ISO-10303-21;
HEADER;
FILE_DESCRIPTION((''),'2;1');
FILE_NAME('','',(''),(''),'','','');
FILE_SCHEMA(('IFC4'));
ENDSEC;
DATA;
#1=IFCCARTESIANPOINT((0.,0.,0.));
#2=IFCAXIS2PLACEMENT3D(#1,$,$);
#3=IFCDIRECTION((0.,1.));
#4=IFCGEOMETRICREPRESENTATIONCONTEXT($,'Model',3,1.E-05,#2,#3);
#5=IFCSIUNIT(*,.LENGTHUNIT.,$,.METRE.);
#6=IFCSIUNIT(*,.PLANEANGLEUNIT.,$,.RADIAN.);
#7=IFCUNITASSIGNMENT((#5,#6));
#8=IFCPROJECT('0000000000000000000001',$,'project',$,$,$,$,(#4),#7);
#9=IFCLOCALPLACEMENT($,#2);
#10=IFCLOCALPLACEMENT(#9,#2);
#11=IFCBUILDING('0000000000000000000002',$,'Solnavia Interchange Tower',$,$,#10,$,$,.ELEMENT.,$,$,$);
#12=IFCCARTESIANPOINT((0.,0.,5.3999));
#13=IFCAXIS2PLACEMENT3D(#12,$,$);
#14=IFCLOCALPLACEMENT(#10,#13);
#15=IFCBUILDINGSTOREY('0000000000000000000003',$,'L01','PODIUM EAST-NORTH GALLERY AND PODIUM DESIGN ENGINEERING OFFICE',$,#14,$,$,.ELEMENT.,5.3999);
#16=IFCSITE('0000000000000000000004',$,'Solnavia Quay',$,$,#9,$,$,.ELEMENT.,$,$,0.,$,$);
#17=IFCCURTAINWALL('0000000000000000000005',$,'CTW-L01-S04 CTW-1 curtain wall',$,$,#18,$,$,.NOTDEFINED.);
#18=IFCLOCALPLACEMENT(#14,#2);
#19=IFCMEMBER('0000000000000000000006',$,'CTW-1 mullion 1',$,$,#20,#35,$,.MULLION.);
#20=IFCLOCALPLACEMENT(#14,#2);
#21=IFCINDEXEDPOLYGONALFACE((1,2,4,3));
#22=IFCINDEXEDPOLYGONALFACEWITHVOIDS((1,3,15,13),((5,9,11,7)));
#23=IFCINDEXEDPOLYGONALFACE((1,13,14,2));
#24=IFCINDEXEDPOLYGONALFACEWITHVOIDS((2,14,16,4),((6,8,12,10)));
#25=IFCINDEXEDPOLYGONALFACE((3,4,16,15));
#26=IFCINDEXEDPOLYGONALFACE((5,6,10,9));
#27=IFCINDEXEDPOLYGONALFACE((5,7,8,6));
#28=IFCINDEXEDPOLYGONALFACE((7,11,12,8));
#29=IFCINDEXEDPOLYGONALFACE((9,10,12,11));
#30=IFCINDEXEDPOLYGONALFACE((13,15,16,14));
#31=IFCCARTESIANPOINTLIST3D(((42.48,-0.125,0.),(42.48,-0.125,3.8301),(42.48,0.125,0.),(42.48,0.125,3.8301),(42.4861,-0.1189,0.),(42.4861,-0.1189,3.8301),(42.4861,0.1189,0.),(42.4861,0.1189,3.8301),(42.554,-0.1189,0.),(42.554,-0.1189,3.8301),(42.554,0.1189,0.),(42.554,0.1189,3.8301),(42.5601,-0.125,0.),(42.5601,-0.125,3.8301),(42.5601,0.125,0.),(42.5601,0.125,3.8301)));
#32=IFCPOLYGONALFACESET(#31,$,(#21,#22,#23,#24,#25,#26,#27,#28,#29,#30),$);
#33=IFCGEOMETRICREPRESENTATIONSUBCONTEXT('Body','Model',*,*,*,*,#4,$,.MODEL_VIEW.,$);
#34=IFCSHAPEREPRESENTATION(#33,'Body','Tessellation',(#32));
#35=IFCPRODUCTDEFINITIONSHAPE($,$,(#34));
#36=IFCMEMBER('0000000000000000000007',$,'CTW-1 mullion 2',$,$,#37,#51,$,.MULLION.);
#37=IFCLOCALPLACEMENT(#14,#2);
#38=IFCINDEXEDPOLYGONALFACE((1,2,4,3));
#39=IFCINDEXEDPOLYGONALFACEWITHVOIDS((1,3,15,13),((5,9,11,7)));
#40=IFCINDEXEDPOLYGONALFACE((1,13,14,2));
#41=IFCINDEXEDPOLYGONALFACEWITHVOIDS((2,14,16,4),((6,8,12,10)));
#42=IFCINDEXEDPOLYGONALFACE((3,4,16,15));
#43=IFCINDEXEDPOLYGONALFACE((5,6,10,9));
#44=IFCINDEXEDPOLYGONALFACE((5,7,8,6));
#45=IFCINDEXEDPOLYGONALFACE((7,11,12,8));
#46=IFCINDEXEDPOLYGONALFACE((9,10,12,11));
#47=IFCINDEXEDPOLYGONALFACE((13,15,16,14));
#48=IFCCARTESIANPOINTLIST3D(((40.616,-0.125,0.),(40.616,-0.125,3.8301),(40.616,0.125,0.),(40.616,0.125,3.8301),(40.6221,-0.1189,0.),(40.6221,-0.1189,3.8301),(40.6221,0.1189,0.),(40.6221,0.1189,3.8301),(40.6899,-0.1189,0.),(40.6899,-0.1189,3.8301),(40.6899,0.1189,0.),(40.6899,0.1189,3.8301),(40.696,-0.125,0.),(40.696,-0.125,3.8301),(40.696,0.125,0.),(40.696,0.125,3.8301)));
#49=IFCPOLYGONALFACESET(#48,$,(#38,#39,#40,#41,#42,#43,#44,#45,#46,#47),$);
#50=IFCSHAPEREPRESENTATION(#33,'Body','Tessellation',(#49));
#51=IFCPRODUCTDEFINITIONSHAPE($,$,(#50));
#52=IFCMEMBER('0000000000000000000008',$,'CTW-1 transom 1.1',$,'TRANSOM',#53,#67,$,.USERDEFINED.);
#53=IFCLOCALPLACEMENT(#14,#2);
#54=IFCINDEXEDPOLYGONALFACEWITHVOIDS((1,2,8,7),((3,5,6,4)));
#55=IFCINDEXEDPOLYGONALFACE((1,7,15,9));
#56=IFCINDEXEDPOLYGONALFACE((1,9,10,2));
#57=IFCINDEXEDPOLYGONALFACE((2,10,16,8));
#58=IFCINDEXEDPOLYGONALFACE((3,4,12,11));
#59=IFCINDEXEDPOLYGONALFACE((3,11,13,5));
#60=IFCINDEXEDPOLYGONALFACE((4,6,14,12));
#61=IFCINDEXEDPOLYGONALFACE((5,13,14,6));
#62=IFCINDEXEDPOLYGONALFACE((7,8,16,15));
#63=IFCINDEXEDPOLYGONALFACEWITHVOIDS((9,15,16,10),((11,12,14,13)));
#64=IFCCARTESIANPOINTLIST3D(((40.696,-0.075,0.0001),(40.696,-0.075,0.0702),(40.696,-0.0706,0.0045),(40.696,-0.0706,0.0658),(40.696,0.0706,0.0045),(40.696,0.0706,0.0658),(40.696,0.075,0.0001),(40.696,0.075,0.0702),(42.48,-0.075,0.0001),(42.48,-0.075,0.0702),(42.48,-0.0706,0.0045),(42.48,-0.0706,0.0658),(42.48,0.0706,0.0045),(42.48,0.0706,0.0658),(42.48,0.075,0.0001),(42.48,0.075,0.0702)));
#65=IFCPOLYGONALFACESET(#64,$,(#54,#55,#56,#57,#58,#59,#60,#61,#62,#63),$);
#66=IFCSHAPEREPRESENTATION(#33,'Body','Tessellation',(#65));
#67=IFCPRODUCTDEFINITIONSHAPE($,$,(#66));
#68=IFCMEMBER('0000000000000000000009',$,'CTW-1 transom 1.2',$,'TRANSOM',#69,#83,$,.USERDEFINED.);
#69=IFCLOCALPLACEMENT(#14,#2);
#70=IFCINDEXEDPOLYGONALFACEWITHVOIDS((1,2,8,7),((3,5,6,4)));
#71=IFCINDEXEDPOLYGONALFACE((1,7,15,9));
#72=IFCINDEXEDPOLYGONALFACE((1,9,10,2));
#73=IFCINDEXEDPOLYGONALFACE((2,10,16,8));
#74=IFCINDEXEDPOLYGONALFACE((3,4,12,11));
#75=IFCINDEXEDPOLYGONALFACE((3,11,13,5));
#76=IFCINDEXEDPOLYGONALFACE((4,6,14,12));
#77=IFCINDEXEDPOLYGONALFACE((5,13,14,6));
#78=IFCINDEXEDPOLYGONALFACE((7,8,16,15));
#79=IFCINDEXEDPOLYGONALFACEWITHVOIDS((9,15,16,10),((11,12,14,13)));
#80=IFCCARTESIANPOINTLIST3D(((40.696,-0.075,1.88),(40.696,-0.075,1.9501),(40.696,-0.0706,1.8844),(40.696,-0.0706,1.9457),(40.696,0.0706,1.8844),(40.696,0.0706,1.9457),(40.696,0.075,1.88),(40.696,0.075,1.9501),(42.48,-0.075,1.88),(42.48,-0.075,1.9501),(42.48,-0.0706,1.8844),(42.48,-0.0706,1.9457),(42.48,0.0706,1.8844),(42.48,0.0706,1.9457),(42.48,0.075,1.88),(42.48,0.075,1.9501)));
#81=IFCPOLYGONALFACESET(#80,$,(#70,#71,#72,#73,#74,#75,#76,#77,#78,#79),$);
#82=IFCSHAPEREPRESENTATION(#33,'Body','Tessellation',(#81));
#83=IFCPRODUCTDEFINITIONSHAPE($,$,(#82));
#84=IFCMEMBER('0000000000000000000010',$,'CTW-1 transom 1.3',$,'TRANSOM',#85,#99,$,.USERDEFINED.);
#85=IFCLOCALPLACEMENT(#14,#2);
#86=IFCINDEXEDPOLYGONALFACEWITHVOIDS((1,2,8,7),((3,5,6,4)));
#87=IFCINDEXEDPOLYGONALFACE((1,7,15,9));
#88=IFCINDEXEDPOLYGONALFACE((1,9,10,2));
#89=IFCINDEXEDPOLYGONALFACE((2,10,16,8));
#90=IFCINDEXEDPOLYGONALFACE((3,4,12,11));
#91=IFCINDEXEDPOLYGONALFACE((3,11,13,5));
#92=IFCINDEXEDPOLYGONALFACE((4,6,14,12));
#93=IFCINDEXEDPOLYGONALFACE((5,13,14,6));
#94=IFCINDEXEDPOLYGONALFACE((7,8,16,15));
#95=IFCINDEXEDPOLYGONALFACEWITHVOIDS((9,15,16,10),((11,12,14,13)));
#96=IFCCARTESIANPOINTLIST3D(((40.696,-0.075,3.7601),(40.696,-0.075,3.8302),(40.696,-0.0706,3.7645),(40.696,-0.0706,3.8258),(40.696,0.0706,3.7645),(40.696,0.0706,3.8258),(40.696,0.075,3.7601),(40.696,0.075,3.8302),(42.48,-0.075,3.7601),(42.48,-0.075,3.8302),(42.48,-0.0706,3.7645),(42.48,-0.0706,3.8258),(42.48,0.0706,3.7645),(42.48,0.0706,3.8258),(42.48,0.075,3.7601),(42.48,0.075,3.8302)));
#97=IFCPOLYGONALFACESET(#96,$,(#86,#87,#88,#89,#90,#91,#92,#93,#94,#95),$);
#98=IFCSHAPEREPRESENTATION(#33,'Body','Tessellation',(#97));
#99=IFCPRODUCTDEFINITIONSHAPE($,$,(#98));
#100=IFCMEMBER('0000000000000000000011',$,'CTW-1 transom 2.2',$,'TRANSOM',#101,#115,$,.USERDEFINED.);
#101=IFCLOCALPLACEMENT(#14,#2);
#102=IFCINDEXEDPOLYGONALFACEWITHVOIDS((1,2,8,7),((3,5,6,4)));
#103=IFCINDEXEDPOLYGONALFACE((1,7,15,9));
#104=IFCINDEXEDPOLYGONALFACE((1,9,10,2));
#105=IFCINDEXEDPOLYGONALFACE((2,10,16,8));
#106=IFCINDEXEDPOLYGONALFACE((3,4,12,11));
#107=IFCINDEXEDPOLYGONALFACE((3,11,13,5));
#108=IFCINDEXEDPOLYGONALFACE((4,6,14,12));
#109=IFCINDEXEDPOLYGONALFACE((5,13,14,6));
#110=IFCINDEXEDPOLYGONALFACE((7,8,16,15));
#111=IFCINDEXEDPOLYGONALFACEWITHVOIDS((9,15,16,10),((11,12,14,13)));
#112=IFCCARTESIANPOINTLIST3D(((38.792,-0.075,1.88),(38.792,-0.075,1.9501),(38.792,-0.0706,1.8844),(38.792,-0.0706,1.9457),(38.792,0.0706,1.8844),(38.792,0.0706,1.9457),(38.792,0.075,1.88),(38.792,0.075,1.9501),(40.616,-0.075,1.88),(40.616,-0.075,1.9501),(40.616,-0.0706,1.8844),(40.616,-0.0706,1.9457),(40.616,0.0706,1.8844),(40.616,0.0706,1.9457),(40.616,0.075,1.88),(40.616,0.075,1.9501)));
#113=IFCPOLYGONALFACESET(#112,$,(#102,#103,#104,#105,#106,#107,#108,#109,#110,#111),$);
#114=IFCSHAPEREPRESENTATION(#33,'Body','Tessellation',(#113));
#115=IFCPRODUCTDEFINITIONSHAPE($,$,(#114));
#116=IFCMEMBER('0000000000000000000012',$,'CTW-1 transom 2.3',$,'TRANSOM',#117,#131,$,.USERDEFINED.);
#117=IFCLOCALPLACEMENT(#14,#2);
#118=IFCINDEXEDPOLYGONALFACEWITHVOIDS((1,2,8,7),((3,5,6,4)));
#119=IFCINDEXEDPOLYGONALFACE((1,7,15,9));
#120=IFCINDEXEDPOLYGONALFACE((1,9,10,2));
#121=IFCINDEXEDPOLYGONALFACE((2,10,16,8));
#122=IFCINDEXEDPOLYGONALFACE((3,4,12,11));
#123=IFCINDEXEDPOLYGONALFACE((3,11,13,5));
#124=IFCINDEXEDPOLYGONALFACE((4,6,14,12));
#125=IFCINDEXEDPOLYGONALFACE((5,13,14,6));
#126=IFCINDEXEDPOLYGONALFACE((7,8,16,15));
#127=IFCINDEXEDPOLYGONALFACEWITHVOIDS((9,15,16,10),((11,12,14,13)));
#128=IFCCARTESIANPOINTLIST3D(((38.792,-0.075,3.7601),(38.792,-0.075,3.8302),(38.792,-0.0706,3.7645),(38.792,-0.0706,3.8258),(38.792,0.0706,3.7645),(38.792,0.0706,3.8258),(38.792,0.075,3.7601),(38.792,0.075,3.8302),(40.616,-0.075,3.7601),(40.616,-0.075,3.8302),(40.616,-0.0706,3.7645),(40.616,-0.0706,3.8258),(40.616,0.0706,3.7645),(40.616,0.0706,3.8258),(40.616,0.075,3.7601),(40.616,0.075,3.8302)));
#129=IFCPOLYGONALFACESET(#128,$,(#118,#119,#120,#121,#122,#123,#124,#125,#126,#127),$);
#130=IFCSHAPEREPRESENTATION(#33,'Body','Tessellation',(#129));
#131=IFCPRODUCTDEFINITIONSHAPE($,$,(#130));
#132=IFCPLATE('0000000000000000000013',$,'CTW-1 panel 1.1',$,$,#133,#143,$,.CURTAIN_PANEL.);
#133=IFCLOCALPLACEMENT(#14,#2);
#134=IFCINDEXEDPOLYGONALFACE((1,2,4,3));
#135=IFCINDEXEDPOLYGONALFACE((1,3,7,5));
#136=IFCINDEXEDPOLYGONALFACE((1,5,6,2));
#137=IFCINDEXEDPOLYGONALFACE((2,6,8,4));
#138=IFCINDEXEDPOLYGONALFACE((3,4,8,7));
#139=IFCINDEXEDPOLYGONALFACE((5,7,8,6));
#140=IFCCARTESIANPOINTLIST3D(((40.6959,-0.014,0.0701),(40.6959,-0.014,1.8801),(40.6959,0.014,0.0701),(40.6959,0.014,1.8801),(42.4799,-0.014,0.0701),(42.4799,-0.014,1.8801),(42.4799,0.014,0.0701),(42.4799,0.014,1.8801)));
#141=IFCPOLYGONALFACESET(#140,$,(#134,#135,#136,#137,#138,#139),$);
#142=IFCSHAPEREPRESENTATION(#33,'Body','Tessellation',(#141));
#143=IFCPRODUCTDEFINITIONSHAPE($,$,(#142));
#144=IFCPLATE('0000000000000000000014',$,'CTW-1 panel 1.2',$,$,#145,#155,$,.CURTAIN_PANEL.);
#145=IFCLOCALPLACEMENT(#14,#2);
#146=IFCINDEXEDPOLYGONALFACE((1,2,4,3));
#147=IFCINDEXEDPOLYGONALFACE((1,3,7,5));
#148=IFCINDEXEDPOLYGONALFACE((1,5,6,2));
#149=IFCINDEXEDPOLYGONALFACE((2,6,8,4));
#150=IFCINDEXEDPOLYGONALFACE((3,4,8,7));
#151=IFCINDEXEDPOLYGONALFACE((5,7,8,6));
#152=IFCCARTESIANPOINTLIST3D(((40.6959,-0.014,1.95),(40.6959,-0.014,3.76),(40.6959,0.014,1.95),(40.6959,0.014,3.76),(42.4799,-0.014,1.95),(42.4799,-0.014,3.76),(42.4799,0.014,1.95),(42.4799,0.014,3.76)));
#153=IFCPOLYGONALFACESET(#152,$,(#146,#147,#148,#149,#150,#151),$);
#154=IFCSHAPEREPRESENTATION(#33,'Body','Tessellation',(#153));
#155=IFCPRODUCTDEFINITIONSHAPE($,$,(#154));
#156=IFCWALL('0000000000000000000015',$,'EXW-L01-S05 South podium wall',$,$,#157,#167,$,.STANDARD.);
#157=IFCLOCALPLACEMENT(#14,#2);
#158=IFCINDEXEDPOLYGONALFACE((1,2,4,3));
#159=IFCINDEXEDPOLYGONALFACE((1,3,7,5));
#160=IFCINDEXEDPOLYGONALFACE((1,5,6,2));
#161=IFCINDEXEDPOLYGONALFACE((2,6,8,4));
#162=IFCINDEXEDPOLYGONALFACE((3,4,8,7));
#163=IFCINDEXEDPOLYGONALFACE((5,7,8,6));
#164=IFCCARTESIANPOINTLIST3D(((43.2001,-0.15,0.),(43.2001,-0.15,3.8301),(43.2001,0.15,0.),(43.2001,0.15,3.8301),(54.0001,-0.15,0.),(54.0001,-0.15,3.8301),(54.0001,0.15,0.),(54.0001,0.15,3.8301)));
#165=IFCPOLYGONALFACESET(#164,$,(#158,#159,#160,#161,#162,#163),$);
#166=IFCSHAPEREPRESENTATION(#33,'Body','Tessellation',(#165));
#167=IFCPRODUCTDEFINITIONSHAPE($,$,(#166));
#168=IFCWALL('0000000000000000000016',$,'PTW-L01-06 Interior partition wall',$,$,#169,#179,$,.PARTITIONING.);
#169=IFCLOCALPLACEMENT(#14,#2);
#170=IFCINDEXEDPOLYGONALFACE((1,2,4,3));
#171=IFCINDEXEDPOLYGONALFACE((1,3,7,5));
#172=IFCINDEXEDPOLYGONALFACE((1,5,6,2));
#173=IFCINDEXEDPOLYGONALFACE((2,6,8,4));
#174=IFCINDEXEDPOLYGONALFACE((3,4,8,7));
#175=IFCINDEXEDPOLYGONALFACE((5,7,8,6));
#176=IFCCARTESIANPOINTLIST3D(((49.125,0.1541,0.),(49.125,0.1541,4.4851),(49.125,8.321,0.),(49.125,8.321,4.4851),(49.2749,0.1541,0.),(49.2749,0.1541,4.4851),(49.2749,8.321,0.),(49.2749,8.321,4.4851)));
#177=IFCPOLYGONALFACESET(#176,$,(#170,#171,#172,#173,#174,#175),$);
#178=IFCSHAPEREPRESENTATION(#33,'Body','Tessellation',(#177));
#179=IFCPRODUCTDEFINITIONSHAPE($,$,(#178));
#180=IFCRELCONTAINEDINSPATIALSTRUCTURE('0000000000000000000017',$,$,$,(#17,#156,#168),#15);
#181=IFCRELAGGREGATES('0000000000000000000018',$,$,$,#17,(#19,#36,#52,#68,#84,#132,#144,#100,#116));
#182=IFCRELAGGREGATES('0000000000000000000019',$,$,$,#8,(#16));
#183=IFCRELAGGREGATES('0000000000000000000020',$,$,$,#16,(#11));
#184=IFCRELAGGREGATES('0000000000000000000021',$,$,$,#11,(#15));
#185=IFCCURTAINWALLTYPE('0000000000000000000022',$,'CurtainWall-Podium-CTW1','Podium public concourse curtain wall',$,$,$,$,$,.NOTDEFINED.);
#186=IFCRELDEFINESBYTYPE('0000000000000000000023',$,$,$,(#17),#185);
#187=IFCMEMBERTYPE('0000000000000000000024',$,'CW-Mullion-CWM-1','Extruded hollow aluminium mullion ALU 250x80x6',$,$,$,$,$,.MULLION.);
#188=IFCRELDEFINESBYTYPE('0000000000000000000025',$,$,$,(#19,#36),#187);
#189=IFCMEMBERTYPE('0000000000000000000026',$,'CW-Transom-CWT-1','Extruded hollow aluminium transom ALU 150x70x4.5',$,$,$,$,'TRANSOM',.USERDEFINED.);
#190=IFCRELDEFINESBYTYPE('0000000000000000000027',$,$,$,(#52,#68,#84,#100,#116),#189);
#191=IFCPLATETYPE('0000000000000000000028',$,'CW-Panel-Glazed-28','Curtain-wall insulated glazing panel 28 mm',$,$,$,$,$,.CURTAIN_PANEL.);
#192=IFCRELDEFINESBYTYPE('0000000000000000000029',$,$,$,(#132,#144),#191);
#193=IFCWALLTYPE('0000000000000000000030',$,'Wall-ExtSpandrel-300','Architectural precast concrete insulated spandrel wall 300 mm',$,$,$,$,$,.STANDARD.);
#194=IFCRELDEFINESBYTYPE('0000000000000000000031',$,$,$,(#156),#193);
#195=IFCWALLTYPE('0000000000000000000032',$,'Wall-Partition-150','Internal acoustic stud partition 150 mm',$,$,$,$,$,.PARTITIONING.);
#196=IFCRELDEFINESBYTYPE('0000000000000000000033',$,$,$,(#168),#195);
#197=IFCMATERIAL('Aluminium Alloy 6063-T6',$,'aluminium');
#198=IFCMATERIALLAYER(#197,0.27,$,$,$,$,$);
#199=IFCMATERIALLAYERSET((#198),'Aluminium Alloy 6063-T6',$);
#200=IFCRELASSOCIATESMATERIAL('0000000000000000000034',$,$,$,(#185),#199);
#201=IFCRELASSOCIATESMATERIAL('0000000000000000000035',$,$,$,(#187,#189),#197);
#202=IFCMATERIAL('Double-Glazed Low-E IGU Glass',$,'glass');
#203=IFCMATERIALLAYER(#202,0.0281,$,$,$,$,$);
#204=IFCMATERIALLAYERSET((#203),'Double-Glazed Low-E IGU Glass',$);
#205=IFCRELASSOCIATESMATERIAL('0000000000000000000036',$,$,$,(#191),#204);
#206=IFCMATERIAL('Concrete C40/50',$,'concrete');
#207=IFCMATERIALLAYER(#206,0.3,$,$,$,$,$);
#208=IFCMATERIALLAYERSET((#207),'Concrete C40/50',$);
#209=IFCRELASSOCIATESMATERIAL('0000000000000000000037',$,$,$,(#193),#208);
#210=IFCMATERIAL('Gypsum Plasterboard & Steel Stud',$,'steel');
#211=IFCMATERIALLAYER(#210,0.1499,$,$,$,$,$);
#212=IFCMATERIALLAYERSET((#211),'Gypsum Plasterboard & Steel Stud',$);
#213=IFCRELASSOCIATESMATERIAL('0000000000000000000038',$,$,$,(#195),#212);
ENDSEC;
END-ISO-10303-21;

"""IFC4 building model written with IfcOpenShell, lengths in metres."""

from ifc_helpers import new_model, si_unit, direction, frame, frame_2d, origin, origin_2d, place, context, subcontext, project, spatial, rectangle, hollow_rectangle, extrude, material, layer, layer_set, material_profile, profile_set, type_object, element, aggregate, save


model = new_model("IFC4")

# Units and contexts
model_context = context("Model", 3, precision=1e-05, world=origin(), true_north=direction((0.0, 1.0)))
body_context = subcontext(model_context, "Body", "Model", "MODEL_VIEW")
ifc_project = project(units=[si_unit("LENGTHUNIT", "METRE"), si_unit("PLANEANGLEUNIT", "RADIAN")], contexts=[model_context])

# Site, building, storey
site_placement = place(None, origin())
site = spatial("IfcSite", under=ifc_project, at=site_placement, Name="Solnavia Quay", CompositionType="ELEMENT", RefElevation=0.0)
building_placement = place(site_placement, origin())
building = spatial("IfcBuilding", under=site, at=building_placement, Name="Solnavia Interchange Tower", CompositionType="ELEMENT")
storey_placement = place(building_placement, frame((0.0, 0.0, 5.3999)))
storey = spatial("IfcBuildingStorey", under=building, at=storey_placement, Name="L01", Description="PODIUM EAST-NORTH GALLERY AND PODIUM DESIGN ENGINEERING OFFICE", CompositionType="ELEMENT", Elevation=5.3999)

# Curtain wall, members, plates
ifc_material_1 = material(Name="Aluminium Alloy 6063-T6", Category="aluminium")
ifc_layer_1 = layer(ifc_material_1, 0.27)
ifc_layer_set_1 = layer_set([ifc_layer_1], Name="Aluminium Alloy 6063-T6")
curtain_wall_type = type_object("IfcCurtainWallType", Name="CurtainWall-Podium-CTW1", Description="Podium public concourse curtain wall", PredefinedType="NOTDEFINED", material=ifc_layer_set_1)
curtain_wall_placement = place(storey_placement, origin())
curtain_wall = element("IfcCurtainWall", 1, at=curtain_wall_placement, inside=storey, type_object=curtain_wall_type, Name="CTW-L01-S04 CTW-1 curtain wall", PredefinedType="NOTDEFINED")
ifc_material_profile_1 = material_profile(ifc_material_1, hollow_rectangle(XDim=0.0801, YDim=0.25, WallThickness=0.0061, at=origin_2d()), Name="ALU 250x80x6")
ifc_profile_set_1 = profile_set([ifc_material_profile_1], Name="Aluminium Alloy 6063-T6")
member_type_1 = type_object("IfcMemberType", Name="CW-Mullion-CWM-1", Description="Extruded hollow aluminium mullion ALU 250x80x6", PredefinedType="MULLION", material=ifc_profile_set_1)
member_1_placement = place(storey_placement, frame((42.52, 0.0, 0.0), z_axis=(0.0, 0.0, 1.0), x_axis=(-1.0, 0.0, 0.0)))
member_1 = element("IfcMember", 2, at=member_1_placement, type_object=member_type_1, Name="CTW-1 mullion 1", PredefinedType="MULLION", context=body_context, shape_type="SweptSolid", body=[
    extrude(hollow_rectangle(XDim=0.0801, YDim=0.25, WallThickness=0.0061, at=origin_2d()), origin(), (0.0, 0.0, 1.0), 3.8301),
])
member_2_placement = place(storey_placement, frame((40.656, 0.0, 0.0), z_axis=(0.0, 0.0, 1.0), x_axis=(-1.0, 0.0, 0.0)))
member_2 = element("IfcMember", 3, at=member_2_placement, type_object=member_type_1, Name="CTW-1 mullion 2", PredefinedType="MULLION", context=body_context, shape_type="SweptSolid", body=[
    extrude(hollow_rectangle(XDim=0.0801, YDim=0.25, WallThickness=0.0061, at=origin_2d()), origin(), (0.0, 0.0, 1.0), 3.8301),
])
ifc_material_profile_2 = material_profile(ifc_material_1, hollow_rectangle(XDim=0.0701, YDim=0.1499, WallThickness=0.0044, at=origin_2d()), Name="ALU 150x70x4.5")
ifc_profile_set_2 = profile_set([ifc_material_profile_2], Name="Aluminium Alloy 6063-T6")
member_type_2 = type_object("IfcMemberType", Name="CW-Transom-CWT-1", Description="Extruded hollow aluminium transom ALU 150x70x4.5", ElementType="TRANSOM", PredefinedType="USERDEFINED", material=ifc_profile_set_2)
member_3_placement = place(storey_placement, frame((42.48, 0.0, 0.0352), z_axis=(-1.0, 0.0, 0.0), x_axis=(0.0, 0.0, 1.0)))
member_3 = element("IfcMember", 4, at=member_3_placement, type_object=member_type_2, Name="CTW-1 transom 1.1", ObjectType="TRANSOM", PredefinedType="USERDEFINED", context=body_context, shape_type="SweptSolid", body=[
    extrude(hollow_rectangle(XDim=0.0701, YDim=0.1499, WallThickness=0.0044, at=origin_2d()), origin(), (0.0, 0.0, 1.0), 1.7839),
])
member_4_placement = place(storey_placement, frame((42.48, 0.0, 1.915), z_axis=(-1.0, 0.0, 0.0), x_axis=(0.0, 0.0, 1.0)))
member_4 = element("IfcMember", 5, at=member_4_placement, type_object=member_type_2, Name="CTW-1 transom 1.2", ObjectType="TRANSOM", PredefinedType="USERDEFINED", context=body_context, shape_type="SweptSolid", body=[
    extrude(hollow_rectangle(XDim=0.0701, YDim=0.1499, WallThickness=0.0044, at=origin_2d()), origin(), (0.0, 0.0, 1.0), 1.7839),
])
member_5_placement = place(storey_placement, frame((42.48, 0.0, 3.7952), z_axis=(-1.0, 0.0, 0.0), x_axis=(0.0, 0.0, 1.0)))
member_5 = element("IfcMember", 6, at=member_5_placement, type_object=member_type_2, Name="CTW-1 transom 1.3", ObjectType="TRANSOM", PredefinedType="USERDEFINED", context=body_context, shape_type="SweptSolid", body=[
    extrude(hollow_rectangle(XDim=0.0701, YDim=0.1499, WallThickness=0.0044, at=origin_2d()), origin(), (0.0, 0.0, 1.0), 1.7839),
])
member_6_placement = place(storey_placement, frame((40.616, 0.0, 1.915), z_axis=(-1.0, 0.0, 0.0), x_axis=(0.0, 0.0, 1.0)))
member_6 = element("IfcMember", 7, at=member_6_placement, type_object=member_type_2, Name="CTW-1 transom 2.2", ObjectType="TRANSOM", PredefinedType="USERDEFINED", context=body_context, shape_type="SweptSolid", body=[
    extrude(hollow_rectangle(XDim=0.0701, YDim=0.1499, WallThickness=0.0044, at=origin_2d()), origin(), (0.0, 0.0, 1.0), 1.824),
])
member_7_placement = place(storey_placement, frame((40.616, 0.0, 3.7952), z_axis=(-1.0, 0.0, 0.0), x_axis=(0.0, 0.0, 1.0)))
member_7 = element("IfcMember", 8, at=member_7_placement, type_object=member_type_2, Name="CTW-1 transom 2.3", ObjectType="TRANSOM", PredefinedType="USERDEFINED", context=body_context, shape_type="SweptSolid", body=[
    extrude(hollow_rectangle(XDim=0.0701, YDim=0.1499, WallThickness=0.0044, at=origin_2d()), origin(), (0.0, 0.0, 1.0), 1.824),
])
ifc_material_2 = material(Name="Double-Glazed Low-E IGU Glass", Category="glass")
ifc_layer_2 = layer(ifc_material_2, 0.0281)
ifc_layer_set_2 = layer_set([ifc_layer_2], Name="Double-Glazed Low-E IGU Glass")
plate_type = type_object("IfcPlateType", Name="CW-Panel-Glazed-28", Description="Curtain-wall insulated glazing panel 28 mm", PredefinedType="CURTAIN_PANEL", material=ifc_layer_set_2)
plate_1_placement = place(storey_placement, frame((41.5879, 0.0, 0.0701), z_axis=(0.0, 0.0, 1.0), x_axis=(-1.0, 0.0, 0.0)))
plate_1 = element("IfcPlate", 9, at=plate_1_placement, type_object=plate_type, Name="CTW-1 panel 1.1", PredefinedType="CURTAIN_PANEL", context=body_context, shape_type="SweptSolid", body=[
    extrude(rectangle(XDim=1.7839, YDim=0.0281, at=origin_2d()), origin(), (0.0, 0.0, 1.0), 1.8101),
])
plate_2_placement = place(storey_placement, frame((41.5879, 0.0, 1.95), z_axis=(0.0, 0.0, 1.0), x_axis=(-1.0, 0.0, 0.0)))
plate_2 = element("IfcPlate", 10, at=plate_2_placement, type_object=plate_type, Name="CTW-1 panel 1.2", PredefinedType="CURTAIN_PANEL", context=body_context, shape_type="SweptSolid", body=[
    extrude(rectangle(XDim=1.7839, YDim=0.0281, at=origin_2d()), origin(), (0.0, 0.0, 1.0), 1.8101),
])
aggregate(curtain_wall, [member_1, member_2, member_3, member_4, member_5, plate_1, plate_2, member_6, member_7])

# Walls
ifc_material_3 = material(Name="Concrete C40/50", Category="concrete")
ifc_layer_3 = layer(ifc_material_3, 0.3)
ifc_layer_set_3 = layer_set([ifc_layer_3], Name="Concrete C40/50")
wall_type_1 = type_object("IfcWallType", Name="Wall-ExtSpandrel-300", Description="Architectural precast concrete insulated spandrel wall 300 mm", PredefinedType="STANDARD", material=ifc_layer_set_3)
wall_1_placement = place(storey_placement, frame((54.0, 0.0, 0.0), z_axis=(0.0, 0.0, 1.0), x_axis=(-1.0, 0.0, 0.0)))
element("IfcWall", 11, at=wall_1_placement, inside=storey, type_object=wall_type_1, Name="EXW-L01-S05 South podium wall", PredefinedType="STANDARD", context=body_context, shape_type="SweptSolid", body=[
    extrude(rectangle(XDim=10.8, YDim=0.3, at=frame_2d((5.3999, 0.0))), origin(), (0.0, 0.0, 1.0), 3.8301),
])
ifc_material_4 = material(Name="Gypsum Plasterboard & Steel Stud", Category="steel")
ifc_layer_4 = layer(ifc_material_4, 0.1499)
ifc_layer_set_4 = layer_set([ifc_layer_4], Name="Gypsum Plasterboard & Steel Stud")
wall_type_2 = type_object("IfcWallType", Name="Wall-Partition-150", Description="Internal acoustic stud partition 150 mm", PredefinedType="PARTITIONING", material=ifc_layer_set_4)
wall_2_placement = place(storey_placement, frame((49.2, 0.1541, 0.0), z_axis=(0.0, 0.0, 1.0), x_axis=(0.0, 1.0, 0.0)))
element("IfcWall", 12, at=wall_2_placement, inside=storey, type_object=wall_type_2, Name="PTW-L01-06 Interior partition wall", PredefinedType="PARTITIONING", context=body_context, shape_type="SweptSolid", body=[
    extrude(rectangle(XDim=8.167, YDim=0.1499, at=frame_2d((4.0835, 0.0))), origin(), (0.0, 0.0, 1.0), 4.4851),
])

save(model, "model.ifc")
